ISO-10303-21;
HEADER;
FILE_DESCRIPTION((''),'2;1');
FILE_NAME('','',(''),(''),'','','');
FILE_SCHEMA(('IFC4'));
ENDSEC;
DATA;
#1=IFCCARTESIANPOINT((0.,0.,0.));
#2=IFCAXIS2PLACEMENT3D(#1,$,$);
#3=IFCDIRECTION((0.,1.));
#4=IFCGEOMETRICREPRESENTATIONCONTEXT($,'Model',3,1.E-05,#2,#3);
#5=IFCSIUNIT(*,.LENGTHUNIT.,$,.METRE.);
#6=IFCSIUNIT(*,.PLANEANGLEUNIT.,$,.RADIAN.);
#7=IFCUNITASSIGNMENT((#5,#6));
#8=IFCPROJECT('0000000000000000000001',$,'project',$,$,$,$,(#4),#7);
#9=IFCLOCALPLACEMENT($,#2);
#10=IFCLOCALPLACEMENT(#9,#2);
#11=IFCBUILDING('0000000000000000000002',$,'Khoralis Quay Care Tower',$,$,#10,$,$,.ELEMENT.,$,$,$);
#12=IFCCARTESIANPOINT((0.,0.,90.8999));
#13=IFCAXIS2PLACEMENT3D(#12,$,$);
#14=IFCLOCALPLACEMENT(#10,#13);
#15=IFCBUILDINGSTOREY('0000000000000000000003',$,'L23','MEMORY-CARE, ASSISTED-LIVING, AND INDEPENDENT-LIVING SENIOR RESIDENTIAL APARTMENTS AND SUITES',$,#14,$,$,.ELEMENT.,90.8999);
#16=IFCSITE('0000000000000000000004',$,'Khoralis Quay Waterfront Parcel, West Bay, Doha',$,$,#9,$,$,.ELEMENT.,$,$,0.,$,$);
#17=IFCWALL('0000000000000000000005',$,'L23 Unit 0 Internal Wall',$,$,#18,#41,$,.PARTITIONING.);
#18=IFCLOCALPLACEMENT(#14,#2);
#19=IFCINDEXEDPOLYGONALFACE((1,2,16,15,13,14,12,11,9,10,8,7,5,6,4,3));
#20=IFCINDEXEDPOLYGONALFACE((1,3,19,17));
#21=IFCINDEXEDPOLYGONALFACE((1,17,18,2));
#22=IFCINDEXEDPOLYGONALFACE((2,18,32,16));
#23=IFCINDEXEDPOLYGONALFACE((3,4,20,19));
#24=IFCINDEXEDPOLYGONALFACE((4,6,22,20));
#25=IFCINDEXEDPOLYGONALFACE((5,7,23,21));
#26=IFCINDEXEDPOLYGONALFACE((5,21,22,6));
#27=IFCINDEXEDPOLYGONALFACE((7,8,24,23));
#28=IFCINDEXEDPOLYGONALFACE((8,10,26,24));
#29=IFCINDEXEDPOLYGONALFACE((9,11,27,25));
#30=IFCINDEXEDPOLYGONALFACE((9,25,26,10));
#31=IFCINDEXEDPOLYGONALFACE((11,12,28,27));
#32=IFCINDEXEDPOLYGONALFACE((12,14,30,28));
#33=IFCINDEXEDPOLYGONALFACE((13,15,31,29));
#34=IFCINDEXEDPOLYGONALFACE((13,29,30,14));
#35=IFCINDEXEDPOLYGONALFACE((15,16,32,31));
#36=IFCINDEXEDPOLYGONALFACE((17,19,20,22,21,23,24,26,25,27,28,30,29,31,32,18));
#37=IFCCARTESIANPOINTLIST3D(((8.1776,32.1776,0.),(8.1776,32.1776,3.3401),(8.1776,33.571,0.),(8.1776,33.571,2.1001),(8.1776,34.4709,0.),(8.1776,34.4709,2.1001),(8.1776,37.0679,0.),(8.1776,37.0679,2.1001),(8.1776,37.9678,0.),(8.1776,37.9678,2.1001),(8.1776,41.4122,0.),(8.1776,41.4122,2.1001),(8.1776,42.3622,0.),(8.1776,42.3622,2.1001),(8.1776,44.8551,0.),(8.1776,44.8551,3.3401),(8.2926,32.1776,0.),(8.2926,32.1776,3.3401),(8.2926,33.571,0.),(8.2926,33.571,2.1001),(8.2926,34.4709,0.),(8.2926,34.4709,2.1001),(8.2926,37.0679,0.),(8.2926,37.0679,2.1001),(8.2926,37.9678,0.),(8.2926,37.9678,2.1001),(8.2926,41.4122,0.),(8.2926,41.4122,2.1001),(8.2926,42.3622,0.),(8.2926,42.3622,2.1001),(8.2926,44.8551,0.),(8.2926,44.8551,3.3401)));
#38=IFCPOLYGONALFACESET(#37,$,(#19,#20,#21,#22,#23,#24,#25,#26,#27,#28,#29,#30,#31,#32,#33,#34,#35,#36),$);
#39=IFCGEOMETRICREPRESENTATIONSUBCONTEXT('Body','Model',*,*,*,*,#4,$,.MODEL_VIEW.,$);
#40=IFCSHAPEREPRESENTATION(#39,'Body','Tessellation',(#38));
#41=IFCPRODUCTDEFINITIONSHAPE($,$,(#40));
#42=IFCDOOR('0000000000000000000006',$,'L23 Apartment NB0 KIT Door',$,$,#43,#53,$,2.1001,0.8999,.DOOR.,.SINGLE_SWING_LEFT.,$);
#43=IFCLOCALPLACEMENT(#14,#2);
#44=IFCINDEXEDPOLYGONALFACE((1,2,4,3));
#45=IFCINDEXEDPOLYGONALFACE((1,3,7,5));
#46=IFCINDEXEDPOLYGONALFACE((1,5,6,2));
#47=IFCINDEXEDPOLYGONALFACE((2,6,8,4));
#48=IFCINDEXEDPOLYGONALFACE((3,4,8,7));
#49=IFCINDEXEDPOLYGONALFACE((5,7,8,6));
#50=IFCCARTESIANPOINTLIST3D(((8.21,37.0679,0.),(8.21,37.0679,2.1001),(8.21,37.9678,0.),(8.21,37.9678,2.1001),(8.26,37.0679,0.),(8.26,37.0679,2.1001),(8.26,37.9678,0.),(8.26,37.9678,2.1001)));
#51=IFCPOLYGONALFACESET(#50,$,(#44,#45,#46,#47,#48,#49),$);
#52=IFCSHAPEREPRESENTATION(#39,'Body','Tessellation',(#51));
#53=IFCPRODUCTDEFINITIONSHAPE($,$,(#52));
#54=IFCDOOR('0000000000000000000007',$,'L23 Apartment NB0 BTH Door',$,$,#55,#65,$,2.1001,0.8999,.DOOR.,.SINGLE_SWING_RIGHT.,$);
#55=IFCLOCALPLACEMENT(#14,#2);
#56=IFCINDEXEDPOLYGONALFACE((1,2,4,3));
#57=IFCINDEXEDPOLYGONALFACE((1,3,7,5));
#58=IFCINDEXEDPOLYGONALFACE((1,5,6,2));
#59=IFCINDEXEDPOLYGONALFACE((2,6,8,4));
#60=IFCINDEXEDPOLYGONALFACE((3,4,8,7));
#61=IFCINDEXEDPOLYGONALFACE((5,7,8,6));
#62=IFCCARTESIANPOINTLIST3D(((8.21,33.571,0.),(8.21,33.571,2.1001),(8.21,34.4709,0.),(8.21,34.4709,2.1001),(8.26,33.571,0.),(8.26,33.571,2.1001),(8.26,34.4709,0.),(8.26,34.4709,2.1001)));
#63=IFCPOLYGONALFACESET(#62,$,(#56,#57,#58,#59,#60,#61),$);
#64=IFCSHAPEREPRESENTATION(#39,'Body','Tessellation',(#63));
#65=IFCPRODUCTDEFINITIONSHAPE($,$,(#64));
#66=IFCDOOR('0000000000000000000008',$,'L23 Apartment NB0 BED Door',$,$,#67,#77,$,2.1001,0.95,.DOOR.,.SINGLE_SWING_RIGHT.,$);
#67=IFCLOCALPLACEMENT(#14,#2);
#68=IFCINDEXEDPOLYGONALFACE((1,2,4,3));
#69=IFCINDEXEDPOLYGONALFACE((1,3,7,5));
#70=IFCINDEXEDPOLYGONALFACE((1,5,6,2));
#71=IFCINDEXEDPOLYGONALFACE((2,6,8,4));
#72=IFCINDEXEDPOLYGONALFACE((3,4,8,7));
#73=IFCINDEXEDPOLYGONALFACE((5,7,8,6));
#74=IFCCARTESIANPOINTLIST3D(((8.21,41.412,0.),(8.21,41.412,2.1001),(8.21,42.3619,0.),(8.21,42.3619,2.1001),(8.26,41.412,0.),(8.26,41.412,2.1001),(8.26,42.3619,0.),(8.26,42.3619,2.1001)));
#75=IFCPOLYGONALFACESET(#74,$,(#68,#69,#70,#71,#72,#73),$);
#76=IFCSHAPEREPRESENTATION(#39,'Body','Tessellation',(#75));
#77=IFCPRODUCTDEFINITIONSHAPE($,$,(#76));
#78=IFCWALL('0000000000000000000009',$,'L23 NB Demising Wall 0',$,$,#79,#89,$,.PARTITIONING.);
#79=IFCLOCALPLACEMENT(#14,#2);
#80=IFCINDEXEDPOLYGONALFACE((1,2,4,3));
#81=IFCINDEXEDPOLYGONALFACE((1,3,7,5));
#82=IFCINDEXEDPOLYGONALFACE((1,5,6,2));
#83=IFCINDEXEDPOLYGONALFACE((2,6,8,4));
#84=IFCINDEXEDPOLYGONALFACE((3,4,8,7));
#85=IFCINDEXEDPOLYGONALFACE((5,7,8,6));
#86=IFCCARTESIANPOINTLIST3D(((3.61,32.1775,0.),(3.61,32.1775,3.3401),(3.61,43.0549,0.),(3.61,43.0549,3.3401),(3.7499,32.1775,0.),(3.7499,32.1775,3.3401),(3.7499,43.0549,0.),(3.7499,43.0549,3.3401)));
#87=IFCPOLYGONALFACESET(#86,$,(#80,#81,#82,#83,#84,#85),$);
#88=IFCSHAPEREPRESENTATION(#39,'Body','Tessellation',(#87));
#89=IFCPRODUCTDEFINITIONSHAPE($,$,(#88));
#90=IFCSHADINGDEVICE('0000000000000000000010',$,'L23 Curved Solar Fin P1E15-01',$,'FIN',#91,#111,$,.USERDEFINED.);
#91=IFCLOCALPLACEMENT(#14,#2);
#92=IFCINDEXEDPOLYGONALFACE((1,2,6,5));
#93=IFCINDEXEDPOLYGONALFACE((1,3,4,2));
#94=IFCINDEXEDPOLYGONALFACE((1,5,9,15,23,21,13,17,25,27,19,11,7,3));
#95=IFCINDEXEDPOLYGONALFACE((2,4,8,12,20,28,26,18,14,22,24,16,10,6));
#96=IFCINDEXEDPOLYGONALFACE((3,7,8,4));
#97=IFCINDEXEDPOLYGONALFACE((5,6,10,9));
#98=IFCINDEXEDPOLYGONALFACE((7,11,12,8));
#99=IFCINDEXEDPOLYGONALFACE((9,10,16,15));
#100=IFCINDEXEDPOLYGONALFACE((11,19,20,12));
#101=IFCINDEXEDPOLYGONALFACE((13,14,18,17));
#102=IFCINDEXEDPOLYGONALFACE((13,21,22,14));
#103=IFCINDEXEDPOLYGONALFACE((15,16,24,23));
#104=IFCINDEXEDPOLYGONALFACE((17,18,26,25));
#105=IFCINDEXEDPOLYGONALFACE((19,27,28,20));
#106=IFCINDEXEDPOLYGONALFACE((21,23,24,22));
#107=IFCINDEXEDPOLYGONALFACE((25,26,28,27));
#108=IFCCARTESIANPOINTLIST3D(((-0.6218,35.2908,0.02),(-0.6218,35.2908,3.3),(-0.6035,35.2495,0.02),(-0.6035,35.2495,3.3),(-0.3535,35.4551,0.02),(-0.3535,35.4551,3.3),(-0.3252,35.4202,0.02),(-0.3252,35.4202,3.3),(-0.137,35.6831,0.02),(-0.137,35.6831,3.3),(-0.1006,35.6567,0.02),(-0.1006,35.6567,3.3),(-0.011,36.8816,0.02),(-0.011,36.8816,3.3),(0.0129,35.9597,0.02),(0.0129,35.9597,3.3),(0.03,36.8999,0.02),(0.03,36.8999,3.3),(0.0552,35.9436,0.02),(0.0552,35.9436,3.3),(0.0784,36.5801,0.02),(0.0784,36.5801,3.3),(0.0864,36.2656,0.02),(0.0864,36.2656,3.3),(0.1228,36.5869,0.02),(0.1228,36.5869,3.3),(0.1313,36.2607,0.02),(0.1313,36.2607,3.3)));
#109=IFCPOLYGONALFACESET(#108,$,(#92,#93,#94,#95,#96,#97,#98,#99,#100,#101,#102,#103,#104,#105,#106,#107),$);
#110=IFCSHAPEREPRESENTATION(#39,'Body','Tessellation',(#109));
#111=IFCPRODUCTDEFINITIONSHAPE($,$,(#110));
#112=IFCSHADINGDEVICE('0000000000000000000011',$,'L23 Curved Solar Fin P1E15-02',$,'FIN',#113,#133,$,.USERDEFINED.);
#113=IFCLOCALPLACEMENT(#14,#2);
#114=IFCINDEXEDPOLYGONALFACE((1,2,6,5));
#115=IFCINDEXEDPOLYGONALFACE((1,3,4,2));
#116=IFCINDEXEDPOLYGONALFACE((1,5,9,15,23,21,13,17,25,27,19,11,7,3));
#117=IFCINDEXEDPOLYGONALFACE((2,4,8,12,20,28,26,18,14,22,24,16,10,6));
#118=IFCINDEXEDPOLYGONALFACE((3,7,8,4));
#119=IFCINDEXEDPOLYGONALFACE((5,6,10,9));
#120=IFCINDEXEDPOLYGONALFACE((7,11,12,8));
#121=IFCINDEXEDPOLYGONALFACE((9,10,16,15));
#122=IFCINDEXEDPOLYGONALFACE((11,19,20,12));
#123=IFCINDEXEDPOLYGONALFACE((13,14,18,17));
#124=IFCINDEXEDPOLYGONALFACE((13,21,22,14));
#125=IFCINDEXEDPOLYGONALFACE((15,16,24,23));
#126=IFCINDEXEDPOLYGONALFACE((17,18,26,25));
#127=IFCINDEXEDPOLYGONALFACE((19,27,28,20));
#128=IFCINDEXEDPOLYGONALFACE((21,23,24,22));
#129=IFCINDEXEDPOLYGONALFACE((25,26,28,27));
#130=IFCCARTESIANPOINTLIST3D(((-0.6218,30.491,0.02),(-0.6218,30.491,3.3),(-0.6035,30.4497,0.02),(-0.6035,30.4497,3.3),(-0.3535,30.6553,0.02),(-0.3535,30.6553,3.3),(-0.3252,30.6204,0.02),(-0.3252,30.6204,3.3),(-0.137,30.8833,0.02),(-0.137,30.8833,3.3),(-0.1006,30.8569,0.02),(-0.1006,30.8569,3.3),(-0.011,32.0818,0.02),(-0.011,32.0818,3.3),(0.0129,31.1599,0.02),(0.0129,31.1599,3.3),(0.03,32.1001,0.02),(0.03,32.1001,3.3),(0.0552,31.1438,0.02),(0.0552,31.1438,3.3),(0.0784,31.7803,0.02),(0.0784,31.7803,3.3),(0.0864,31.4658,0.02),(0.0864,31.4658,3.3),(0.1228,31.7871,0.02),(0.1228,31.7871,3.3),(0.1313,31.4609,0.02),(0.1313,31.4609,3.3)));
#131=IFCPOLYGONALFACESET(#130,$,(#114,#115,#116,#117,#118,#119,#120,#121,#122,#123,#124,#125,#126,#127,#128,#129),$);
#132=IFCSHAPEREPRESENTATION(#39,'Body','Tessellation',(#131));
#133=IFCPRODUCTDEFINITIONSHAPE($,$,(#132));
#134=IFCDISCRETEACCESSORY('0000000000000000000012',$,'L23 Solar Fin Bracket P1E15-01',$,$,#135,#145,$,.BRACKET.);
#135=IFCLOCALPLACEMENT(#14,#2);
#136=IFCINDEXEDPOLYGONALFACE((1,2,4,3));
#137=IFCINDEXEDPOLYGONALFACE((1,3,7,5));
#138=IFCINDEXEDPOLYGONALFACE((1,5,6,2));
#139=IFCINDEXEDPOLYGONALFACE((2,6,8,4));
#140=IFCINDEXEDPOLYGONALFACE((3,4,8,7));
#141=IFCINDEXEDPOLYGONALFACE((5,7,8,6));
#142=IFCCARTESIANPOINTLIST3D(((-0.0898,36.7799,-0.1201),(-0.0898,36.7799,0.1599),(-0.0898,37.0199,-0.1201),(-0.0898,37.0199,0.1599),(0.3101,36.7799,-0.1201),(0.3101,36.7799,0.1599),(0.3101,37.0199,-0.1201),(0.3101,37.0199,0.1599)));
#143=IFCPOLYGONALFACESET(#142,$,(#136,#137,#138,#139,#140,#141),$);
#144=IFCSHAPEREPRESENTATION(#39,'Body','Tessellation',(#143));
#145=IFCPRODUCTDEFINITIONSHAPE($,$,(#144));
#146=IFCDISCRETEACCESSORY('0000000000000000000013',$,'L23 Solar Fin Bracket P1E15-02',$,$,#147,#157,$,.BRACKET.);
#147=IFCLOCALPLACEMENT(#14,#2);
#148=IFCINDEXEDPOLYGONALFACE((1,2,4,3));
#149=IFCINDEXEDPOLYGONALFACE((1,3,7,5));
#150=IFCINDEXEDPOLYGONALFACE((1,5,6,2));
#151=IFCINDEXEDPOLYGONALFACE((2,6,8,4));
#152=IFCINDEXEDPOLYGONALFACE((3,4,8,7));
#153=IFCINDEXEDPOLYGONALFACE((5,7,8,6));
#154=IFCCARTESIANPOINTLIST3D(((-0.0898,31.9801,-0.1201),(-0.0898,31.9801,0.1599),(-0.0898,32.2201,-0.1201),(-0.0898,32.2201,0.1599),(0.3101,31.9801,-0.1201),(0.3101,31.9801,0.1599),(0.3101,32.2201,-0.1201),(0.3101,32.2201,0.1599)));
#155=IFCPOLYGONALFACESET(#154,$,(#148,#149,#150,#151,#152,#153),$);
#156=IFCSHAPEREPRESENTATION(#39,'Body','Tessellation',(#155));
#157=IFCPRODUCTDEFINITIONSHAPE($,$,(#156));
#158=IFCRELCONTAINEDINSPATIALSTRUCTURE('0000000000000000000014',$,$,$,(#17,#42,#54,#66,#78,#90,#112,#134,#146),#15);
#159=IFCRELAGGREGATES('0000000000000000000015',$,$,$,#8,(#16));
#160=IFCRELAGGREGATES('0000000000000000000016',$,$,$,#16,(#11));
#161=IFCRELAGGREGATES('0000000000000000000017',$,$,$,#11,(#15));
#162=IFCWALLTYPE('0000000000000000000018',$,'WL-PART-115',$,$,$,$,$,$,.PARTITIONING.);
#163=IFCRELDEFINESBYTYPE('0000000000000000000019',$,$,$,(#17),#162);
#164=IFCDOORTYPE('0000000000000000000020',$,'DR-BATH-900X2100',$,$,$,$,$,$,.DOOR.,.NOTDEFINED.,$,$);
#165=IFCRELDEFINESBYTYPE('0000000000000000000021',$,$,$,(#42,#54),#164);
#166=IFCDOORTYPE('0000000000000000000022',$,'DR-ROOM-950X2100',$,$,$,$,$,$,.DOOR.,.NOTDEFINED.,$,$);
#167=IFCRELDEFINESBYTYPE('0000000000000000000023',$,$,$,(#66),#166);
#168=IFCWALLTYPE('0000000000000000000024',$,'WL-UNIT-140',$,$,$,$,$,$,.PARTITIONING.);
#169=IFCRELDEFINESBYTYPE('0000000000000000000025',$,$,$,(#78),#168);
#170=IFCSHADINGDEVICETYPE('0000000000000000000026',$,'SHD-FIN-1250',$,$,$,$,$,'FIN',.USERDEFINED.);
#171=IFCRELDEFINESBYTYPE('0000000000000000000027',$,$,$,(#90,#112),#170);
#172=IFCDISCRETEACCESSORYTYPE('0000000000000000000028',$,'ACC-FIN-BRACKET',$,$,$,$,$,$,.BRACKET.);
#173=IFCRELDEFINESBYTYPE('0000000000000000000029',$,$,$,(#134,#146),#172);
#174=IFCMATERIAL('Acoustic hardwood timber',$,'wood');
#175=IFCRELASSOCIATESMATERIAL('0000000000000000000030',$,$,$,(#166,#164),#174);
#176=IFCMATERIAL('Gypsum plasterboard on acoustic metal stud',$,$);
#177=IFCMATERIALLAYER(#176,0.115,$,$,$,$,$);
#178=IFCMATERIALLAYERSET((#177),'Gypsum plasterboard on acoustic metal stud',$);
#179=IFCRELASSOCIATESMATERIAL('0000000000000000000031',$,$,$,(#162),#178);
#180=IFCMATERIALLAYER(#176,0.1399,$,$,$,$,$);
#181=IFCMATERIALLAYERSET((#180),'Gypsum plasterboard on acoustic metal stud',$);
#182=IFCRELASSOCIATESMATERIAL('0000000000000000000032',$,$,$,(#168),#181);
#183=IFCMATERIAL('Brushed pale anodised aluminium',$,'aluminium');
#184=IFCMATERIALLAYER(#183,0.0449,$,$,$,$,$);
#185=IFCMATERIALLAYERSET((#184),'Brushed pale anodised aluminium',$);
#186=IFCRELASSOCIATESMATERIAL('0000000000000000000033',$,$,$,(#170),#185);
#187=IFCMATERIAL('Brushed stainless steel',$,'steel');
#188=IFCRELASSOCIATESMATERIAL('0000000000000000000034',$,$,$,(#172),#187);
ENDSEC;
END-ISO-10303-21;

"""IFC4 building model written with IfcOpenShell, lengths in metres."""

from ifc_helpers import new_model, si_unit, direction, frame, frame_2d, origin, origin_2d, place, context, subcontext, project, spatial, polyline, rectangle, outline, extrude, source, transform, mapped, material, layer, layer_set, type_object, element, fill, save


model = new_model("IFC4")

# Units and contexts
model_context = context("Model", 3, precision=1e-05, world=origin(), true_north=direction((0.0, 1.0)))
body_context = subcontext(model_context, "Body", "Model", "MODEL_VIEW")
ifc_project = project(units=[si_unit("LENGTHUNIT", "METRE"), si_unit("PLANEANGLEUNIT", "RADIAN")], contexts=[model_context])

# Site, building, storey
site_placement = place(None, origin())
site = spatial("IfcSite", under=ifc_project, at=site_placement, Name="Khoralis Quay Waterfront Parcel, West Bay, Doha", CompositionType="ELEMENT", RefElevation=0.0)
building_placement = place(site_placement, origin())
building = spatial("IfcBuilding", under=site, at=building_placement, Name="Khoralis Quay Care Tower", CompositionType="ELEMENT")
storey_placement = place(building_placement, frame((0.0, 0.0, 90.8999)))
storey = spatial("IfcBuildingStorey", under=building, at=storey_placement, Name="L23", Description="MEMORY-CARE, ASSISTED-LIVING, AND INDEPENDENT-LIVING SENIOR RESIDENTIAL APARTMENTS AND SUITES", CompositionType="ELEMENT", Elevation=90.8999)

# Shared definitions
ifc_material_1 = material(Name="Gypsum plasterboard on acoustic metal stud")

# Wall, openings, doors
ifc_material_2 = material(Name="Acoustic hardwood timber", Category="wood")
door_type_1 = type_object("IfcDoorType", Name="DR-ROOM-950X2100", OperationType="NOTDEFINED", PredefinedType="DOOR", material=ifc_material_2)
shared_shape_1 = source(origin(), body_context, "Body", "SweptSolid", [
    extrude(rectangle(XDim=0.95, YDim=2.1001, at=frame_2d((0.4751, 1.05))), frame((0.0, 0.0249, 0.0), z_axis=(0.0, -1.0, 0.0), x_axis=(1.0, 0.0, 0.0)), (0.0, 0.0, 1.0), 0.05),
])
ifc_layer_1 = layer(ifc_material_1, 0.115)
ifc_layer_set_1 = layer_set([ifc_layer_1], Name="Gypsum plasterboard on acoustic metal stud")
wall_type_1 = type_object("IfcWallType", Name="WL-PART-115", PredefinedType="PARTITIONING", material=ifc_layer_set_1)
wall_1_placement = place(storey_placement, frame((8.2351, 32.1775, 0.0), z_axis=(0.0, 0.0, 1.0), x_axis=(0.0, 1.0, 0.0)))
wall_1 = element("IfcWall", 1, at=wall_1_placement, inside=storey, type_object=wall_type_1, Name="L23 Unit 0 Internal Wall", PredefinedType="PARTITIONING", context=body_context, shape_type="SweptSolid", body=[
    extrude(rectangle(XDim=12.6775, YDim=0.115, at=frame_2d((6.3389, 0.0))), origin(), (0.0, 0.0, 1.0), 3.3401),
])
opening_1_placement = place(wall_1_placement, frame((9.2346, 0.0, 0.0)))
opening_1 = element("IfcOpeningElement", 2, at=opening_1_placement, cuts=wall_1, PredefinedType="OPENING", context=body_context, shape_type="SweptSolid", body=[
    extrude(rectangle(XDim=0.95, YDim=2.1001, at=frame_2d((0.4751, 1.05))), frame((0.0, 0.0674, 0.0), z_axis=(0.0, -1.0, 0.0), x_axis=(1.0, 0.0, 0.0)), (0.0, 0.0, 1.0), 0.135),
])
opening_2_placement = place(wall_1_placement, frame((4.8904, 0.0, 0.0)))
opening_2 = element("IfcOpeningElement", 3, at=opening_2_placement, cuts=wall_1, PredefinedType="OPENING", context=body_context, shape_type="SweptSolid", body=[
    extrude(rectangle(XDim=0.8999, YDim=2.1001, at=frame_2d((0.45, 1.05))), frame((0.0, 0.0674, 0.0), z_axis=(0.0, -1.0, 0.0), x_axis=(1.0, 0.0, 0.0)), (0.0, 0.0, 1.0), 0.135),
])
opening_3_placement = place(wall_1_placement, frame((1.3936, 0.0, 0.0)))
opening_3 = element("IfcOpeningElement", 4, at=opening_3_placement, cuts=wall_1, PredefinedType="OPENING", context=body_context, shape_type="SweptSolid", body=[
    extrude(rectangle(XDim=0.8999, YDim=2.1001, at=frame_2d((0.45, 1.05))), frame((0.0, 0.0674, 0.0), z_axis=(0.0, -1.0, 0.0), x_axis=(1.0, 0.0, 0.0)), (0.0, 0.0, 1.0), 0.135),
])
door_type_2 = type_object("IfcDoorType", Name="DR-BATH-900X2100", OperationType="NOTDEFINED", PredefinedType="DOOR", material=ifc_material_2)
shared_shape_2 = source(origin(), body_context, "Body", "SweptSolid", [
    extrude(rectangle(XDim=0.8999, YDim=2.1001, at=frame_2d((0.45, 1.05))), frame((0.0, 0.0249, 0.0), z_axis=(0.0, -1.0, 0.0), x_axis=(1.0, 0.0, 0.0)), (0.0, 0.0, 1.0), 0.05),
])
door_1_placement = place(opening_2_placement, frame((0.8999, 0.0, 0.0), z_axis=(0.0, 0.0, 1.0), x_axis=(-1.0, 0.0, 0.0)))
door_1 = element("IfcDoor", 5, at=door_1_placement, inside=storey, type_object=door_type_2, Name="L23 Apartment NB0 KIT Door", OperationType="SINGLE_SWING_LEFT", OverallHeight=2.1001, OverallWidth=0.8999, PredefinedType="DOOR", context=body_context, shape_type="MappedRepresentation", body=[
    mapped(shared_shape_2, transform((0.0, 0.0, 0.0), scale=1.0)),
])
fill(opening_2, door_1)
door_2_placement = place(opening_3_placement, frame((0.8999, 0.0, 0.0), z_axis=(0.0, 0.0, 1.0), x_axis=(-1.0, 0.0, 0.0)))
door_2 = element("IfcDoor", 6, at=door_2_placement, inside=storey, type_object=door_type_2, Name="L23 Apartment NB0 BTH Door", OperationType="SINGLE_SWING_RIGHT", OverallHeight=2.1001, OverallWidth=0.8999, PredefinedType="DOOR", context=body_context, shape_type="MappedRepresentation", body=[
    mapped(shared_shape_2, transform((0.0, 0.0, 0.0), scale=1.0)),
])
fill(opening_3, door_2)
door_3_placement = place(opening_1_placement, frame((0.95, 0.0, 0.0), z_axis=(0.0, 0.0, 1.0), x_axis=(-1.0, 0.0, 0.0)))
door_3 = element("IfcDoor", 7, at=door_3_placement, inside=storey, type_object=door_type_1, Name="L23 Apartment NB0 BED Door", OperationType="SINGLE_SWING_RIGHT", OverallHeight=2.1001, OverallWidth=0.95, PredefinedType="DOOR", context=body_context, shape_type="MappedRepresentation", body=[
    mapped(shared_shape_1, transform((0.0, 0.0, 0.0), scale=1.0)),
])
fill(opening_1, door_3)

# Wall
ifc_layer_2 = layer(ifc_material_1, 0.1399)
ifc_layer_set_2 = layer_set([ifc_layer_2], Name="Gypsum plasterboard on acoustic metal stud")
wall_type_2 = type_object("IfcWallType", Name="WL-UNIT-140", PredefinedType="PARTITIONING", material=ifc_layer_set_2)
wall_2_placement = place(storey_placement, frame((3.6799, 32.1775, 0.0), z_axis=(0.0, 0.0, 1.0), x_axis=(0.0, 1.0, 0.0)))
element("IfcWall", 8, at=wall_2_placement, inside=storey, type_object=wall_type_2, Name="L23 NB Demising Wall 0", PredefinedType="PARTITIONING", context=body_context, shape_type="SweptSolid", body=[
    extrude(rectangle(XDim=10.8774, YDim=0.1399, at=frame_2d((5.4387, 0.0))), origin(), (0.0, 0.0, 1.0), 3.3401),
])

# Shading devices
ifc_material_3 = material(Name="Brushed pale anodised aluminium", Category="aluminium")
ifc_layer_3 = layer(ifc_material_3, 0.0449)
ifc_layer_set_3 = layer_set([ifc_layer_3], Name="Brushed pale anodised aluminium")
shading_device_type = type_object("IfcShadingDeviceType", Name="SHD-FIN-1250", ElementType="FIN", PredefinedType="USERDEFINED", material=ifc_layer_set_3)
shared_shape_3 = source(origin(), body_context, "Body", "SweptSolid", [
    extrude(outline(polyline([(0.0, 0.0), (-0.0928, 0.313), (-0.1013, 0.6392), (-0.0251, 0.9563), (0.1306, 1.2432), (0.3552, 1.4797), (0.6335, 1.6504), (0.6519, 1.6091), (0.3835, 1.4448), (0.167, 1.2168), (0.0171, 0.9402), (-0.0564, 0.6343), (-0.0483, 0.3198), (0.041, 0.0183), (0.0, 0.0)])), origin(), (0.0, 0.0, 1.0), 3.28),
])
for number, where, z_axis, x_axis, name in (
    (9, (0.03, 36.8999, 0.02), (0.0, 0.0, 1.0), (-1.0, 0.0, 0.0), "L23 Curved Solar Fin P1E15-01"),
    (10, (0.03, 32.1001, 0.02), (0.0, 0.0, 1.0), (-1.0, 0.0, 0.0), "L23 Curved Solar Fin P1E15-02"),
):
    element("IfcShadingDevice", number, at=place(storey_placement, frame(where, z_axis=z_axis, x_axis=x_axis)), inside=storey, type_object=shading_device_type, Name=name, ObjectType="FIN", PredefinedType="USERDEFINED", context=body_context, shape_type="MappedRepresentation", body=[
        mapped(shared_shape_3, transform((0.0, 0.0, 0.0), scale=1.0)),
    ])

# Discrete accessories
ifc_material_4 = material(Name="Brushed stainless steel", Category="steel")
discrete_accessory_type = type_object("IfcDiscreteAccessoryType", Name="ACC-FIN-BRACKET", PredefinedType="BRACKET", material=ifc_material_4)
shared_shape_4 = source(origin(), body_context, "Body", "SweptSolid", [
    extrude(rectangle(XDim=0.3999, YDim=0.24, at=origin_2d()), origin(), (0.0, 0.0, 1.0), 0.28),
])
for number, where, z_axis, x_axis, name in (
    (11, (0.1101, 36.8999, -0.1201), (0.0, 0.0, 1.0), (-1.0, 0.0, 0.0), "L23 Solar Fin Bracket P1E15-01"),
    (12, (0.1101, 32.1001, -0.1201), (0.0, 0.0, 1.0), (-1.0, 0.0, 0.0), "L23 Solar Fin Bracket P1E15-02"),
):
    element("IfcDiscreteAccessory", number, at=place(storey_placement, frame(where, z_axis=z_axis, x_axis=x_axis)), inside=storey, type_object=discrete_accessory_type, Name=name, PredefinedType="BRACKET", context=body_context, shape_type="MappedRepresentation", body=[
        mapped(shared_shape_4, transform((0.0, 0.0, 0.0), scale=1.0)),
    ])

save(model, "model.ifc")
